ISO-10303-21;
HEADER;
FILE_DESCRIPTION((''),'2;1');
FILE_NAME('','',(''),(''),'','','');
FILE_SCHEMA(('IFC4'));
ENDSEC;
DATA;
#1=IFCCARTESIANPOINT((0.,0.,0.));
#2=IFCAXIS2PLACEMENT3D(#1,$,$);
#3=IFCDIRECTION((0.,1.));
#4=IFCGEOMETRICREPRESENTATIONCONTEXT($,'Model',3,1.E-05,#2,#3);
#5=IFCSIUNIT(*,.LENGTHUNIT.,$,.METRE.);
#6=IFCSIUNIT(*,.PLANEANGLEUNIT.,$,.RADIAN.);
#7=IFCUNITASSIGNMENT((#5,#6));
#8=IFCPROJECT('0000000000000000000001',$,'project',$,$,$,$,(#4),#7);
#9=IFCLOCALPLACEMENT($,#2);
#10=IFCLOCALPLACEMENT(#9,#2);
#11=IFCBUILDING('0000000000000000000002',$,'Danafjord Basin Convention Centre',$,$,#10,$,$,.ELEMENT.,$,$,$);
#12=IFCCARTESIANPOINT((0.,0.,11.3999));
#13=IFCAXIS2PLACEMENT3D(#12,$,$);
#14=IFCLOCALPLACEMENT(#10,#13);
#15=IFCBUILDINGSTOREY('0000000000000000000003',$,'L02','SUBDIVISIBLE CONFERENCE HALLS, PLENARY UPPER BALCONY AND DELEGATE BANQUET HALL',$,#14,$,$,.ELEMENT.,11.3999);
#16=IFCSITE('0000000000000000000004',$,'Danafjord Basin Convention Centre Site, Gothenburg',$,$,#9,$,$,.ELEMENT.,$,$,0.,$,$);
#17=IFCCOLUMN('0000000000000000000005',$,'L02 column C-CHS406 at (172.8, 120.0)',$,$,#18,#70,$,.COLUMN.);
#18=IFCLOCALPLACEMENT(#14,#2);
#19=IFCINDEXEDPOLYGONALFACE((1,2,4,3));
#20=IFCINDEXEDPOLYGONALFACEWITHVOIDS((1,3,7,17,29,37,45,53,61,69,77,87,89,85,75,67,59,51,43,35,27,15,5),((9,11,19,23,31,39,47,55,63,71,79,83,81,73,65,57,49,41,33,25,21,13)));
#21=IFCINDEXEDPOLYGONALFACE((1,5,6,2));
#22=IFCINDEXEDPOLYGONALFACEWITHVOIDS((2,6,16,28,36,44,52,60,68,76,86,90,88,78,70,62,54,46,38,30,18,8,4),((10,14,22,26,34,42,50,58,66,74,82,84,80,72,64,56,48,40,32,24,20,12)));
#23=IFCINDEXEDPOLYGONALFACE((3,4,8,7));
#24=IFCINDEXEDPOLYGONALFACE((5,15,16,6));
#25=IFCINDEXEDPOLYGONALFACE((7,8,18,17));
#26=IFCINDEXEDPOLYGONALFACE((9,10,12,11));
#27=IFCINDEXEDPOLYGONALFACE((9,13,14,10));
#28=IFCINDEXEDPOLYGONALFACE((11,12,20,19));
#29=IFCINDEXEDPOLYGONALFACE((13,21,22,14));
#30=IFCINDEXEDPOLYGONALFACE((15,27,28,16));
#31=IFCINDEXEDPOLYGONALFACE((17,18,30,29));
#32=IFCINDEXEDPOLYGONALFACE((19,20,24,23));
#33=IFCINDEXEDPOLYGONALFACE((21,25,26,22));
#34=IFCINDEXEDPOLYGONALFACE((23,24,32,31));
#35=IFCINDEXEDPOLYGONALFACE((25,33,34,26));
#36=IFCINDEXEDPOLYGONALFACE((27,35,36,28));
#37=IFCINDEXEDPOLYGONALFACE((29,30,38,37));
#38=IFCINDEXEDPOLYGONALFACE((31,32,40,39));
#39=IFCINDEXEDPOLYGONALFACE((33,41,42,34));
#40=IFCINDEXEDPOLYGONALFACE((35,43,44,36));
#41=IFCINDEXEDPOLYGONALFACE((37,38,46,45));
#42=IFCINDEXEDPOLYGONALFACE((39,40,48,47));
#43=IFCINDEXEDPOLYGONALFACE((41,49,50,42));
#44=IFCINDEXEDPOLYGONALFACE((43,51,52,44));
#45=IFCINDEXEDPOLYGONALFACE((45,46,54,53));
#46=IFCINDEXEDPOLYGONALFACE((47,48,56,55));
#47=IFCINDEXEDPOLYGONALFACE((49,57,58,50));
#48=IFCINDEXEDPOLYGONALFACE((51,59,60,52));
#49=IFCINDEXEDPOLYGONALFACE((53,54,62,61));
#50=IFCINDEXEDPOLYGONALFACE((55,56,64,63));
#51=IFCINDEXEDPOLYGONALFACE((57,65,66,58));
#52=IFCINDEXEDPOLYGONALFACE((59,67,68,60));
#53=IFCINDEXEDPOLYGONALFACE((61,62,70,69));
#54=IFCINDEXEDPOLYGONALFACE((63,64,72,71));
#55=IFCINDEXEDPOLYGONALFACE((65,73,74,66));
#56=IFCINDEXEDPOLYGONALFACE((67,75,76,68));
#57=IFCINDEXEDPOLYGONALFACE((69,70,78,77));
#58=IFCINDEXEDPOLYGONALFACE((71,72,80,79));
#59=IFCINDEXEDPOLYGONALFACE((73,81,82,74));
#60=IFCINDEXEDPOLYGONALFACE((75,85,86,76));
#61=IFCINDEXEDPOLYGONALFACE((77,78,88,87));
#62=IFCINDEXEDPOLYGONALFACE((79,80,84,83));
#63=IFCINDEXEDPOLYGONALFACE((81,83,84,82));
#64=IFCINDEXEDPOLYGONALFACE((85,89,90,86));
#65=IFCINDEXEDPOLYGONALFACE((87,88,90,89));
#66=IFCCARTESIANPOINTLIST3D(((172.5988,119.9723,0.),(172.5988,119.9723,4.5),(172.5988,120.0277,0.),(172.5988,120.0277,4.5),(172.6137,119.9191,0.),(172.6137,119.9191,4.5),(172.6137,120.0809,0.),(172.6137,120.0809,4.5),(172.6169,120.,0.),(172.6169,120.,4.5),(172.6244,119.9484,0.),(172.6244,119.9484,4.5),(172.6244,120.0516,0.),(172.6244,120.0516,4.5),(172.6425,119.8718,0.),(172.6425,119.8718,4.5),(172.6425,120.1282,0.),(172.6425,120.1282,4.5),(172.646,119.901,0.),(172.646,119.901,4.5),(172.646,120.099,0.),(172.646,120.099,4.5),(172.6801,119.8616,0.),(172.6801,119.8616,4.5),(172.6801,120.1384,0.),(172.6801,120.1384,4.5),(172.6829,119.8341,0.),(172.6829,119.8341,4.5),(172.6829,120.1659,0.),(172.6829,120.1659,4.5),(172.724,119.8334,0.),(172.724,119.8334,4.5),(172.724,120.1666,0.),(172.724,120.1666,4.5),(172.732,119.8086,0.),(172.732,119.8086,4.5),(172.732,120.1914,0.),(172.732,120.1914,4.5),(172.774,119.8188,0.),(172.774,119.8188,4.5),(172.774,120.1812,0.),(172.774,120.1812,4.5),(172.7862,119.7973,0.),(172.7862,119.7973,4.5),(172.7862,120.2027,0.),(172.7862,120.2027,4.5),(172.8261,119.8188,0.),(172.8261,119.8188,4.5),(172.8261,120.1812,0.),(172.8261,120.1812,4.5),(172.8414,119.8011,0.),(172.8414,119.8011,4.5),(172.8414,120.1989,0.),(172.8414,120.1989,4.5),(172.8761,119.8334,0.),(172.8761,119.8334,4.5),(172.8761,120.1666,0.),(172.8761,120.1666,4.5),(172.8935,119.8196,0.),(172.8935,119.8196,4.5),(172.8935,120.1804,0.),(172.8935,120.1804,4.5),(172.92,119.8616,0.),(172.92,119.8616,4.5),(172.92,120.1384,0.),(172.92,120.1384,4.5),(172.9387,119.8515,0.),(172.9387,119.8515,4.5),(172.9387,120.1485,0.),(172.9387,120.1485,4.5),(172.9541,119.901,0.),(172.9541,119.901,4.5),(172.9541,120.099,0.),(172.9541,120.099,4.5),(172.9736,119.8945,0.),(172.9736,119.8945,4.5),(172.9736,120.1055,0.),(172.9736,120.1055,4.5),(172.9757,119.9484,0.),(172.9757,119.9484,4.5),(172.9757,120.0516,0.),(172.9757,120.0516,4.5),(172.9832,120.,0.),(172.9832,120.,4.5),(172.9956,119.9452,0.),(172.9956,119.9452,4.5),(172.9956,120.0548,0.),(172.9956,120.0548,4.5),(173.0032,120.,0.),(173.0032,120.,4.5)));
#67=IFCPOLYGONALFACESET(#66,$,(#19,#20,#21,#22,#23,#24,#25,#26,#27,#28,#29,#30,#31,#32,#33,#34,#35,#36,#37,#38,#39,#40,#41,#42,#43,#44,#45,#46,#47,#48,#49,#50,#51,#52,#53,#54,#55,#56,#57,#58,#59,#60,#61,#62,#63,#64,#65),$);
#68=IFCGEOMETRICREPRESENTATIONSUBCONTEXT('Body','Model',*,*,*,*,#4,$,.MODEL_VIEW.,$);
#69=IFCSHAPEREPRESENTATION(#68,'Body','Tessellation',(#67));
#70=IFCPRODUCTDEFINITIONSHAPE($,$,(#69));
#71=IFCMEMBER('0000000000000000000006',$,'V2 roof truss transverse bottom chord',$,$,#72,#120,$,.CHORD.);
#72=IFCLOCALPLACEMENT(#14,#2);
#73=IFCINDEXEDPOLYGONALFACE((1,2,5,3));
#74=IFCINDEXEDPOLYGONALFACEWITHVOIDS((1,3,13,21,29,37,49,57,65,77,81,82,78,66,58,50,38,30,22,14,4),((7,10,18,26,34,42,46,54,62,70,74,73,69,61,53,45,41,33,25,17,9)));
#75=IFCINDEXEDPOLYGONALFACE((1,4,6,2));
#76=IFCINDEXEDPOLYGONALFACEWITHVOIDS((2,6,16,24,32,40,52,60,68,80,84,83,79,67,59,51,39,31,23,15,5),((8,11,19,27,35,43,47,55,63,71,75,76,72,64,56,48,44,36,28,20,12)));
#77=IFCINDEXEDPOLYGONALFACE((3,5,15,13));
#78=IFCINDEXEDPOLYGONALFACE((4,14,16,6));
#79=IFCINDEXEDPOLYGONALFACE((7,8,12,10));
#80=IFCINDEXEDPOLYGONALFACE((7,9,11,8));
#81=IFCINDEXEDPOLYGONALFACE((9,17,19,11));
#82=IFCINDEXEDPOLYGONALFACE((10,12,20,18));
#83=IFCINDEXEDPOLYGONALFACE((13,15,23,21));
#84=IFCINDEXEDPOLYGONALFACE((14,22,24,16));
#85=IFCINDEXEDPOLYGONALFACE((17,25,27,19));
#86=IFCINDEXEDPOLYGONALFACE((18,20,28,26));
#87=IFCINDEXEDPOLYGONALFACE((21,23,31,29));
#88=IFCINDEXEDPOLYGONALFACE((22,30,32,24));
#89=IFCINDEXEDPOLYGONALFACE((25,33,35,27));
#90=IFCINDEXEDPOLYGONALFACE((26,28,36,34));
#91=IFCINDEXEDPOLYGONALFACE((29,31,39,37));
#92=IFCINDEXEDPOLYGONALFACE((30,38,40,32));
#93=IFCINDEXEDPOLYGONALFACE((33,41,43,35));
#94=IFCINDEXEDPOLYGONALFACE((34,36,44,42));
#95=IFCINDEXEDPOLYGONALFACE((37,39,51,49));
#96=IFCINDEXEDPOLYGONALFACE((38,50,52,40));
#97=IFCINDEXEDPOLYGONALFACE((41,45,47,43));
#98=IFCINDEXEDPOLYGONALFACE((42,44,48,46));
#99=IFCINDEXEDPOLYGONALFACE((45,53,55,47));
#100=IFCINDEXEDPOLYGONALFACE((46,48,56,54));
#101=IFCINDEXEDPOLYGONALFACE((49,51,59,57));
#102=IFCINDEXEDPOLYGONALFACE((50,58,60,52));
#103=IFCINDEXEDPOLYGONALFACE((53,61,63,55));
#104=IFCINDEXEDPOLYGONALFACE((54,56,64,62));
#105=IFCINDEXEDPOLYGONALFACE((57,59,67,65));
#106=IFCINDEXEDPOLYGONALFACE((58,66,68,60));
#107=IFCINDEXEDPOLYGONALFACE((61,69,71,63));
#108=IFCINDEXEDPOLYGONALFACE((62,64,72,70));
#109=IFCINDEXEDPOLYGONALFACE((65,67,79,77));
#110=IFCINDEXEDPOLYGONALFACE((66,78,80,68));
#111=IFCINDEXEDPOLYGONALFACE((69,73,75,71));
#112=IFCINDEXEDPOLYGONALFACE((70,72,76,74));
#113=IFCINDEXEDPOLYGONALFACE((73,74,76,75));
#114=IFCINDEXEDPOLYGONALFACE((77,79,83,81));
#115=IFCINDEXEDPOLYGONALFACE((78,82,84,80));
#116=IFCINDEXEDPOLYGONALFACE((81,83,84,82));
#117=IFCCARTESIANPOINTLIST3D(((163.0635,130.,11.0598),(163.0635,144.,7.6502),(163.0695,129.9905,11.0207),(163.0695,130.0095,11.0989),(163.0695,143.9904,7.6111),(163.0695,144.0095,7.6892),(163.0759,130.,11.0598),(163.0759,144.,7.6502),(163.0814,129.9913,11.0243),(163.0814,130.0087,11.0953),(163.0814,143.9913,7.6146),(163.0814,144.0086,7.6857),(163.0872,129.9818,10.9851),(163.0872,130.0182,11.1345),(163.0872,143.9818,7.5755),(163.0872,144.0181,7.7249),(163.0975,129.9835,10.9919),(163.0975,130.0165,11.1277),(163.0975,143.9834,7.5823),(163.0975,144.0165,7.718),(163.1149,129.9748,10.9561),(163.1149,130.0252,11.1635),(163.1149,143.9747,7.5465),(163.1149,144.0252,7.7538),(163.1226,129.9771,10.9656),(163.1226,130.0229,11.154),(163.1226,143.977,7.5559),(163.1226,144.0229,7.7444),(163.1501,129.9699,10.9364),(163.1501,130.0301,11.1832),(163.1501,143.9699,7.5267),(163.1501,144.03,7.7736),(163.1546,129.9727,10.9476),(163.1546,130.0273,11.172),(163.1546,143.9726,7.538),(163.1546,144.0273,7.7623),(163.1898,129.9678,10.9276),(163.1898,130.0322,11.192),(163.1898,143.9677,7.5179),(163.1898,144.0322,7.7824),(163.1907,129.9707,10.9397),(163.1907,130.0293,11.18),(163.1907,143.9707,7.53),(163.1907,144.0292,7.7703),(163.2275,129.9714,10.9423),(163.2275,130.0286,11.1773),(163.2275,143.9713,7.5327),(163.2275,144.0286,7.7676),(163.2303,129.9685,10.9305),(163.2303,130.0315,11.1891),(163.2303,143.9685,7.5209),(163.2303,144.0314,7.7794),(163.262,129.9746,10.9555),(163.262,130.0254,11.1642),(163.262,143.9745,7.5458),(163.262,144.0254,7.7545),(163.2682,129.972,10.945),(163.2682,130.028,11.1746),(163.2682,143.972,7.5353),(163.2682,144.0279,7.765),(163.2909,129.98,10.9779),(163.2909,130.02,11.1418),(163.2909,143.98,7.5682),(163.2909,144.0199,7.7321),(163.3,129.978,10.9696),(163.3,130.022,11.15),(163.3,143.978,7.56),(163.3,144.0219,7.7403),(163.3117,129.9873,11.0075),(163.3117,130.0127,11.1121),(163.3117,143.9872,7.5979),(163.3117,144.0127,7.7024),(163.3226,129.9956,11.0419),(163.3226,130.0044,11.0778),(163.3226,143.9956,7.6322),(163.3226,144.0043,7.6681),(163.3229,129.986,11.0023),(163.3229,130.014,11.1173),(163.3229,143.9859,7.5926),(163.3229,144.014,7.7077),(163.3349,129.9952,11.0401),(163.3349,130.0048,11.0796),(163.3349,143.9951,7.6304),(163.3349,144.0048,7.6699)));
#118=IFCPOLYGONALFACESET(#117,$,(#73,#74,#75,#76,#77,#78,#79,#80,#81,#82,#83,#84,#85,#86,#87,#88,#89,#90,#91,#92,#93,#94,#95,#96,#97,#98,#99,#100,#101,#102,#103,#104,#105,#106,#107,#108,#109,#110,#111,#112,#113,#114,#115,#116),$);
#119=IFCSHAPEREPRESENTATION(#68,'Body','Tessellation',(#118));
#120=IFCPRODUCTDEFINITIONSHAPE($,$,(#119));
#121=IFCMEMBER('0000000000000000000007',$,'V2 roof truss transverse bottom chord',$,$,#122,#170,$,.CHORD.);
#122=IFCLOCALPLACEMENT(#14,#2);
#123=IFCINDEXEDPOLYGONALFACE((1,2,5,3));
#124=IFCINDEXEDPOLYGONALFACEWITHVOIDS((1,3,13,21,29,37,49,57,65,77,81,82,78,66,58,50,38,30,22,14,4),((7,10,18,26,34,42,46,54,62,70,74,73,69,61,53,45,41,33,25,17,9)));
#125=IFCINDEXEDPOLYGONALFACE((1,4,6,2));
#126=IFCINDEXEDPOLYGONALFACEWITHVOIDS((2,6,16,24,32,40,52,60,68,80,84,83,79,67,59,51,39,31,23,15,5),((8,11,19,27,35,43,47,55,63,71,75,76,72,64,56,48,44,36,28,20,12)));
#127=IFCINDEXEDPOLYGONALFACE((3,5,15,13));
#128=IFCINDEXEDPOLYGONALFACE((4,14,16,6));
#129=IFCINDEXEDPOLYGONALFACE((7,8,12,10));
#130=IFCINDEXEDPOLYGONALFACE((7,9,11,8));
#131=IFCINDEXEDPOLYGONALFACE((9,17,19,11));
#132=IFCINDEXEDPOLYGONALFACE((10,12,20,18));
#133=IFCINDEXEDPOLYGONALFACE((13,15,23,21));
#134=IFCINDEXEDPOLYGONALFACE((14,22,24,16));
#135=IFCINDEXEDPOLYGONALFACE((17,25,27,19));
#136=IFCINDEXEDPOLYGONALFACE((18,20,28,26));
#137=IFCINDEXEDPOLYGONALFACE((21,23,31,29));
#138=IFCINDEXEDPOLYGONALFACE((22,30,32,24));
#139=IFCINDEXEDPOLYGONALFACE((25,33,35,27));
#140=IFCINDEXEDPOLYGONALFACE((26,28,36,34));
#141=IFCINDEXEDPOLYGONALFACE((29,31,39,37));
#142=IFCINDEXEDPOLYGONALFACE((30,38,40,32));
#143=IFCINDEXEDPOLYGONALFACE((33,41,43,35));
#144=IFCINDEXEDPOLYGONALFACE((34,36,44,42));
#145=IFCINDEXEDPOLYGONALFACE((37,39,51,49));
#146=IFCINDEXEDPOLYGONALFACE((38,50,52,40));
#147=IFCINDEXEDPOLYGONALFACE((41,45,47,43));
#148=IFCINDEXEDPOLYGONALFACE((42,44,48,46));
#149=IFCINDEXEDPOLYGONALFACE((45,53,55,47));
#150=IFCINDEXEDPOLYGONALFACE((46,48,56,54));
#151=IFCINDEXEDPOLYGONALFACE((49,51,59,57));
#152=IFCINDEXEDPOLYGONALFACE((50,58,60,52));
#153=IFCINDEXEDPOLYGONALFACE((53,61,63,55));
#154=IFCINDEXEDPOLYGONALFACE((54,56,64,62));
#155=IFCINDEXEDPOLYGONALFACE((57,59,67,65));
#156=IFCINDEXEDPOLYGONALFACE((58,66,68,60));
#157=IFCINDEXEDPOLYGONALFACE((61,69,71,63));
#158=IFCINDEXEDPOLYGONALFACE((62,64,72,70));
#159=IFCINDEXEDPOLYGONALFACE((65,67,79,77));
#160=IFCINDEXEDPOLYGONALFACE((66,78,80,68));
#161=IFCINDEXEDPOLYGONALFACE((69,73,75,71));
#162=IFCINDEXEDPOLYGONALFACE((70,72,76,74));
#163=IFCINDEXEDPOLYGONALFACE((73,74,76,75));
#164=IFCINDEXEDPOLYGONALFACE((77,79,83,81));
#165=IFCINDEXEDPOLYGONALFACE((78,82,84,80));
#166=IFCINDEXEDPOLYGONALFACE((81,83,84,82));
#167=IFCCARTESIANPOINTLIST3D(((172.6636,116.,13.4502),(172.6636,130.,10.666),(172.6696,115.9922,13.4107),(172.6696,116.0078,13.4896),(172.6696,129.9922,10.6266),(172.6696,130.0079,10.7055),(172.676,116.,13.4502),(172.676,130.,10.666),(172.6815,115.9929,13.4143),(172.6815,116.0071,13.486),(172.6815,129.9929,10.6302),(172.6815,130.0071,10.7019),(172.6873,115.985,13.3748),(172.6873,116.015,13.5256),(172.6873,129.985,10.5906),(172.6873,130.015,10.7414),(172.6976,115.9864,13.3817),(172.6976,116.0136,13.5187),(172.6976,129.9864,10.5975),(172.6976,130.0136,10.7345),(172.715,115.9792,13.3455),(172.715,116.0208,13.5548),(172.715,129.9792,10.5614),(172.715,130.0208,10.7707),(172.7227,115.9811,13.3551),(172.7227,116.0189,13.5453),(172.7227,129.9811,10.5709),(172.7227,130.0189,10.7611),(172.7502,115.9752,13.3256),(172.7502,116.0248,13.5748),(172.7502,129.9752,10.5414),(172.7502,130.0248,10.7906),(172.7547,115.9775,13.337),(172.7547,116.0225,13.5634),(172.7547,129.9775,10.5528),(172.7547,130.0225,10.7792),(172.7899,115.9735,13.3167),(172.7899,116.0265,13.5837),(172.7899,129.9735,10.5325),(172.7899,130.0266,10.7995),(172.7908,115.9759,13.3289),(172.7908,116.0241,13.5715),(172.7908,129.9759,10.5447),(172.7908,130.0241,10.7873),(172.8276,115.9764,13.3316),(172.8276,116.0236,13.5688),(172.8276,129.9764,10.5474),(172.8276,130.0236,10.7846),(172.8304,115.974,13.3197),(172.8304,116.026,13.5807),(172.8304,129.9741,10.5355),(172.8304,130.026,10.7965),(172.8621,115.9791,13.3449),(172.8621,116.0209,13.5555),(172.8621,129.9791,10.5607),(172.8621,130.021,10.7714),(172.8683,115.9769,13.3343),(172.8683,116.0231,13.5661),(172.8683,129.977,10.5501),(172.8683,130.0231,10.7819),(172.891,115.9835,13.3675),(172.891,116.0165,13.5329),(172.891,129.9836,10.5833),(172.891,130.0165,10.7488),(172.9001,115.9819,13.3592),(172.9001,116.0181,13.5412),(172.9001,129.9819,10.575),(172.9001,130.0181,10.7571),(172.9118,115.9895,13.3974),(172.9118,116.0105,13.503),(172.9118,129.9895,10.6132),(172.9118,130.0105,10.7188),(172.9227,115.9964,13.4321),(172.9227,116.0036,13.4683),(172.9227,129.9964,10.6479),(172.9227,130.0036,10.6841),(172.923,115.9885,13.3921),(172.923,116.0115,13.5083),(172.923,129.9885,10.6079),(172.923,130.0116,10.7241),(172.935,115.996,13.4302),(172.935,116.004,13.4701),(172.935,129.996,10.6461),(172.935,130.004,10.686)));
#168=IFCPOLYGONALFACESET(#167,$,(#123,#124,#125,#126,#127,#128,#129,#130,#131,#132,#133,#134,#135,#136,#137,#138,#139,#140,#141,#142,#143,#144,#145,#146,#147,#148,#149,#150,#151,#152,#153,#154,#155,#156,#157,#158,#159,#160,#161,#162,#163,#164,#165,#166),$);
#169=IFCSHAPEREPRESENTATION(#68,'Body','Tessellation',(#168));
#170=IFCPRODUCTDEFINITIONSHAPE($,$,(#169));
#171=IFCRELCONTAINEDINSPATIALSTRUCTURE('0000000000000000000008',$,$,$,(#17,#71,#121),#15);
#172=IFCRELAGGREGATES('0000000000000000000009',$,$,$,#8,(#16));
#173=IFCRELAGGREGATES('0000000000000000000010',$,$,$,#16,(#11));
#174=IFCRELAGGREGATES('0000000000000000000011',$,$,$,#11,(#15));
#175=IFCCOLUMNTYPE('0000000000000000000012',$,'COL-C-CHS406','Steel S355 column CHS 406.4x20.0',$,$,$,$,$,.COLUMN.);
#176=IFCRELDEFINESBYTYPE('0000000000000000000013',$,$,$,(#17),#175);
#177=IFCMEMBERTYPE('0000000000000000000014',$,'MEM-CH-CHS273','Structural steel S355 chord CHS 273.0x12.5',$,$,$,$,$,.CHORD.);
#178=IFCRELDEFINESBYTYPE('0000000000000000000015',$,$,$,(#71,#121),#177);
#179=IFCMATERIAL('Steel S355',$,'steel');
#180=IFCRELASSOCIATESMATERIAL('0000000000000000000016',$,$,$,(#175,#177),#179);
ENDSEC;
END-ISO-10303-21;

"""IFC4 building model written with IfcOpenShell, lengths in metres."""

from ifc_helpers import new_model, si_unit, direction, frame, origin, origin_2d, place, context, subcontext, project, spatial, hollow_circle, extrude, material, material_profile, profile_set, type_object, element, save


model = new_model("IFC4")

# Units and contexts
model_context = context("Model", 3, precision=1e-05, world=origin(), true_north=direction((0.0, 1.0)))
body_context = subcontext(model_context, "Body", "Model", "MODEL_VIEW")
ifc_project = project(units=[si_unit("LENGTHUNIT", "METRE"), si_unit("PLANEANGLEUNIT", "RADIAN")], contexts=[model_context])

# Site, building, storey
site_placement = place(None, origin())
site = spatial("IfcSite", under=ifc_project, at=site_placement, Name="Danafjord Basin Convention Centre Site, Gothenburg", CompositionType="ELEMENT", RefElevation=0.0)
building_placement = place(site_placement, origin())
building = spatial("IfcBuilding", under=site, at=building_placement, Name="Danafjord Basin Convention Centre", CompositionType="ELEMENT")
storey_placement = place(building_placement, frame((0.0, 0.0, 11.3999)))
storey = spatial("IfcBuildingStorey", under=building, at=storey_placement, Name="L02", Description="SUBDIVISIBLE CONFERENCE HALLS, PLENARY UPPER BALCONY AND DELEGATE BANQUET HALL", CompositionType="ELEMENT", Elevation=11.3999)

# Column
ifc_material_1 = material(Name="Steel S355", Category="steel")
ifc_material_profile_1 = material_profile(ifc_material_1, hollow_circle(Radius=0.2031, WallThickness=0.02, at=origin_2d()), Name="CHS 406.4x20.0")
ifc_profile_set_1 = profile_set([ifc_material_profile_1], Name="Steel S355")
column_type = type_object("IfcColumnType", Name="COL-C-CHS406", Description="Steel S355 column CHS 406.4x20.0", PredefinedType="COLUMN", material=ifc_profile_set_1)
column_placement = place(storey_placement, frame((172.8, 120.0, 0.0), z_axis=(0.0, 0.0, 1.0), x_axis=(1.0, 0.0, 0.0)))
element("IfcColumn", 1, at=column_placement, inside=storey, type_object=column_type, Name="L02 column C-CHS406 at (172.8, 120.0)", PredefinedType="COLUMN", context=body_context, shape_type="SweptSolid", body=[
    extrude(hollow_circle(Radius=0.2031, WallThickness=0.02, at=origin_2d()), origin(), (0.0, 0.0, 1.0), 4.5),
])

# Members
ifc_material_profile_2 = material_profile(ifc_material_1, hollow_circle(Radius=0.1365, WallThickness=0.0125, at=origin_2d()), Name="CHS 273.0x12.5")
ifc_profile_set_2 = profile_set([ifc_material_profile_2], Name="Steel S355")
member_type_1 = type_object("IfcMemberType", Name="MEM-CH-CHS273", Description="Structural steel S355 chord CHS 273.0x12.5", PredefinedType="CHORD", material=ifc_profile_set_2)
member_1_placement = place(storey_placement, frame((163.2, 130.0, 11.0598), z_axis=(0.0, 0.9716, -0.236631), x_axis=(-1.0, 0.0, 0.0)))
element("IfcMember", 2, at=member_1_placement, inside=storey, type_object=member_type_1, Name="V2 roof truss transverse bottom chord", PredefinedType="CHORD", context=body_context, shape_type="SweptSolid", body=[
    extrude(hollow_circle(Radius=0.1365, WallThickness=0.0125, at=origin_2d()), origin(), (0.0, 0.0, 1.0), 14.4092),
])
member_2_placement = place(storey_placement, frame((172.8, 116.0, 13.4502), z_axis=(0.0, 0.980793, -0.19505), x_axis=(-1.0, 0.0, 0.0)))
element("IfcMember", 3, at=member_2_placement, inside=storey, type_object=member_type_1, Name="V2 roof truss transverse bottom chord", PredefinedType="CHORD", context=body_context, shape_type="SweptSolid", body=[
    extrude(hollow_circle(Radius=0.1365, WallThickness=0.0125, at=origin_2d()), origin(), (0.0, 0.0, 1.0), 14.2742),
])

save(model, "model.ifc")
